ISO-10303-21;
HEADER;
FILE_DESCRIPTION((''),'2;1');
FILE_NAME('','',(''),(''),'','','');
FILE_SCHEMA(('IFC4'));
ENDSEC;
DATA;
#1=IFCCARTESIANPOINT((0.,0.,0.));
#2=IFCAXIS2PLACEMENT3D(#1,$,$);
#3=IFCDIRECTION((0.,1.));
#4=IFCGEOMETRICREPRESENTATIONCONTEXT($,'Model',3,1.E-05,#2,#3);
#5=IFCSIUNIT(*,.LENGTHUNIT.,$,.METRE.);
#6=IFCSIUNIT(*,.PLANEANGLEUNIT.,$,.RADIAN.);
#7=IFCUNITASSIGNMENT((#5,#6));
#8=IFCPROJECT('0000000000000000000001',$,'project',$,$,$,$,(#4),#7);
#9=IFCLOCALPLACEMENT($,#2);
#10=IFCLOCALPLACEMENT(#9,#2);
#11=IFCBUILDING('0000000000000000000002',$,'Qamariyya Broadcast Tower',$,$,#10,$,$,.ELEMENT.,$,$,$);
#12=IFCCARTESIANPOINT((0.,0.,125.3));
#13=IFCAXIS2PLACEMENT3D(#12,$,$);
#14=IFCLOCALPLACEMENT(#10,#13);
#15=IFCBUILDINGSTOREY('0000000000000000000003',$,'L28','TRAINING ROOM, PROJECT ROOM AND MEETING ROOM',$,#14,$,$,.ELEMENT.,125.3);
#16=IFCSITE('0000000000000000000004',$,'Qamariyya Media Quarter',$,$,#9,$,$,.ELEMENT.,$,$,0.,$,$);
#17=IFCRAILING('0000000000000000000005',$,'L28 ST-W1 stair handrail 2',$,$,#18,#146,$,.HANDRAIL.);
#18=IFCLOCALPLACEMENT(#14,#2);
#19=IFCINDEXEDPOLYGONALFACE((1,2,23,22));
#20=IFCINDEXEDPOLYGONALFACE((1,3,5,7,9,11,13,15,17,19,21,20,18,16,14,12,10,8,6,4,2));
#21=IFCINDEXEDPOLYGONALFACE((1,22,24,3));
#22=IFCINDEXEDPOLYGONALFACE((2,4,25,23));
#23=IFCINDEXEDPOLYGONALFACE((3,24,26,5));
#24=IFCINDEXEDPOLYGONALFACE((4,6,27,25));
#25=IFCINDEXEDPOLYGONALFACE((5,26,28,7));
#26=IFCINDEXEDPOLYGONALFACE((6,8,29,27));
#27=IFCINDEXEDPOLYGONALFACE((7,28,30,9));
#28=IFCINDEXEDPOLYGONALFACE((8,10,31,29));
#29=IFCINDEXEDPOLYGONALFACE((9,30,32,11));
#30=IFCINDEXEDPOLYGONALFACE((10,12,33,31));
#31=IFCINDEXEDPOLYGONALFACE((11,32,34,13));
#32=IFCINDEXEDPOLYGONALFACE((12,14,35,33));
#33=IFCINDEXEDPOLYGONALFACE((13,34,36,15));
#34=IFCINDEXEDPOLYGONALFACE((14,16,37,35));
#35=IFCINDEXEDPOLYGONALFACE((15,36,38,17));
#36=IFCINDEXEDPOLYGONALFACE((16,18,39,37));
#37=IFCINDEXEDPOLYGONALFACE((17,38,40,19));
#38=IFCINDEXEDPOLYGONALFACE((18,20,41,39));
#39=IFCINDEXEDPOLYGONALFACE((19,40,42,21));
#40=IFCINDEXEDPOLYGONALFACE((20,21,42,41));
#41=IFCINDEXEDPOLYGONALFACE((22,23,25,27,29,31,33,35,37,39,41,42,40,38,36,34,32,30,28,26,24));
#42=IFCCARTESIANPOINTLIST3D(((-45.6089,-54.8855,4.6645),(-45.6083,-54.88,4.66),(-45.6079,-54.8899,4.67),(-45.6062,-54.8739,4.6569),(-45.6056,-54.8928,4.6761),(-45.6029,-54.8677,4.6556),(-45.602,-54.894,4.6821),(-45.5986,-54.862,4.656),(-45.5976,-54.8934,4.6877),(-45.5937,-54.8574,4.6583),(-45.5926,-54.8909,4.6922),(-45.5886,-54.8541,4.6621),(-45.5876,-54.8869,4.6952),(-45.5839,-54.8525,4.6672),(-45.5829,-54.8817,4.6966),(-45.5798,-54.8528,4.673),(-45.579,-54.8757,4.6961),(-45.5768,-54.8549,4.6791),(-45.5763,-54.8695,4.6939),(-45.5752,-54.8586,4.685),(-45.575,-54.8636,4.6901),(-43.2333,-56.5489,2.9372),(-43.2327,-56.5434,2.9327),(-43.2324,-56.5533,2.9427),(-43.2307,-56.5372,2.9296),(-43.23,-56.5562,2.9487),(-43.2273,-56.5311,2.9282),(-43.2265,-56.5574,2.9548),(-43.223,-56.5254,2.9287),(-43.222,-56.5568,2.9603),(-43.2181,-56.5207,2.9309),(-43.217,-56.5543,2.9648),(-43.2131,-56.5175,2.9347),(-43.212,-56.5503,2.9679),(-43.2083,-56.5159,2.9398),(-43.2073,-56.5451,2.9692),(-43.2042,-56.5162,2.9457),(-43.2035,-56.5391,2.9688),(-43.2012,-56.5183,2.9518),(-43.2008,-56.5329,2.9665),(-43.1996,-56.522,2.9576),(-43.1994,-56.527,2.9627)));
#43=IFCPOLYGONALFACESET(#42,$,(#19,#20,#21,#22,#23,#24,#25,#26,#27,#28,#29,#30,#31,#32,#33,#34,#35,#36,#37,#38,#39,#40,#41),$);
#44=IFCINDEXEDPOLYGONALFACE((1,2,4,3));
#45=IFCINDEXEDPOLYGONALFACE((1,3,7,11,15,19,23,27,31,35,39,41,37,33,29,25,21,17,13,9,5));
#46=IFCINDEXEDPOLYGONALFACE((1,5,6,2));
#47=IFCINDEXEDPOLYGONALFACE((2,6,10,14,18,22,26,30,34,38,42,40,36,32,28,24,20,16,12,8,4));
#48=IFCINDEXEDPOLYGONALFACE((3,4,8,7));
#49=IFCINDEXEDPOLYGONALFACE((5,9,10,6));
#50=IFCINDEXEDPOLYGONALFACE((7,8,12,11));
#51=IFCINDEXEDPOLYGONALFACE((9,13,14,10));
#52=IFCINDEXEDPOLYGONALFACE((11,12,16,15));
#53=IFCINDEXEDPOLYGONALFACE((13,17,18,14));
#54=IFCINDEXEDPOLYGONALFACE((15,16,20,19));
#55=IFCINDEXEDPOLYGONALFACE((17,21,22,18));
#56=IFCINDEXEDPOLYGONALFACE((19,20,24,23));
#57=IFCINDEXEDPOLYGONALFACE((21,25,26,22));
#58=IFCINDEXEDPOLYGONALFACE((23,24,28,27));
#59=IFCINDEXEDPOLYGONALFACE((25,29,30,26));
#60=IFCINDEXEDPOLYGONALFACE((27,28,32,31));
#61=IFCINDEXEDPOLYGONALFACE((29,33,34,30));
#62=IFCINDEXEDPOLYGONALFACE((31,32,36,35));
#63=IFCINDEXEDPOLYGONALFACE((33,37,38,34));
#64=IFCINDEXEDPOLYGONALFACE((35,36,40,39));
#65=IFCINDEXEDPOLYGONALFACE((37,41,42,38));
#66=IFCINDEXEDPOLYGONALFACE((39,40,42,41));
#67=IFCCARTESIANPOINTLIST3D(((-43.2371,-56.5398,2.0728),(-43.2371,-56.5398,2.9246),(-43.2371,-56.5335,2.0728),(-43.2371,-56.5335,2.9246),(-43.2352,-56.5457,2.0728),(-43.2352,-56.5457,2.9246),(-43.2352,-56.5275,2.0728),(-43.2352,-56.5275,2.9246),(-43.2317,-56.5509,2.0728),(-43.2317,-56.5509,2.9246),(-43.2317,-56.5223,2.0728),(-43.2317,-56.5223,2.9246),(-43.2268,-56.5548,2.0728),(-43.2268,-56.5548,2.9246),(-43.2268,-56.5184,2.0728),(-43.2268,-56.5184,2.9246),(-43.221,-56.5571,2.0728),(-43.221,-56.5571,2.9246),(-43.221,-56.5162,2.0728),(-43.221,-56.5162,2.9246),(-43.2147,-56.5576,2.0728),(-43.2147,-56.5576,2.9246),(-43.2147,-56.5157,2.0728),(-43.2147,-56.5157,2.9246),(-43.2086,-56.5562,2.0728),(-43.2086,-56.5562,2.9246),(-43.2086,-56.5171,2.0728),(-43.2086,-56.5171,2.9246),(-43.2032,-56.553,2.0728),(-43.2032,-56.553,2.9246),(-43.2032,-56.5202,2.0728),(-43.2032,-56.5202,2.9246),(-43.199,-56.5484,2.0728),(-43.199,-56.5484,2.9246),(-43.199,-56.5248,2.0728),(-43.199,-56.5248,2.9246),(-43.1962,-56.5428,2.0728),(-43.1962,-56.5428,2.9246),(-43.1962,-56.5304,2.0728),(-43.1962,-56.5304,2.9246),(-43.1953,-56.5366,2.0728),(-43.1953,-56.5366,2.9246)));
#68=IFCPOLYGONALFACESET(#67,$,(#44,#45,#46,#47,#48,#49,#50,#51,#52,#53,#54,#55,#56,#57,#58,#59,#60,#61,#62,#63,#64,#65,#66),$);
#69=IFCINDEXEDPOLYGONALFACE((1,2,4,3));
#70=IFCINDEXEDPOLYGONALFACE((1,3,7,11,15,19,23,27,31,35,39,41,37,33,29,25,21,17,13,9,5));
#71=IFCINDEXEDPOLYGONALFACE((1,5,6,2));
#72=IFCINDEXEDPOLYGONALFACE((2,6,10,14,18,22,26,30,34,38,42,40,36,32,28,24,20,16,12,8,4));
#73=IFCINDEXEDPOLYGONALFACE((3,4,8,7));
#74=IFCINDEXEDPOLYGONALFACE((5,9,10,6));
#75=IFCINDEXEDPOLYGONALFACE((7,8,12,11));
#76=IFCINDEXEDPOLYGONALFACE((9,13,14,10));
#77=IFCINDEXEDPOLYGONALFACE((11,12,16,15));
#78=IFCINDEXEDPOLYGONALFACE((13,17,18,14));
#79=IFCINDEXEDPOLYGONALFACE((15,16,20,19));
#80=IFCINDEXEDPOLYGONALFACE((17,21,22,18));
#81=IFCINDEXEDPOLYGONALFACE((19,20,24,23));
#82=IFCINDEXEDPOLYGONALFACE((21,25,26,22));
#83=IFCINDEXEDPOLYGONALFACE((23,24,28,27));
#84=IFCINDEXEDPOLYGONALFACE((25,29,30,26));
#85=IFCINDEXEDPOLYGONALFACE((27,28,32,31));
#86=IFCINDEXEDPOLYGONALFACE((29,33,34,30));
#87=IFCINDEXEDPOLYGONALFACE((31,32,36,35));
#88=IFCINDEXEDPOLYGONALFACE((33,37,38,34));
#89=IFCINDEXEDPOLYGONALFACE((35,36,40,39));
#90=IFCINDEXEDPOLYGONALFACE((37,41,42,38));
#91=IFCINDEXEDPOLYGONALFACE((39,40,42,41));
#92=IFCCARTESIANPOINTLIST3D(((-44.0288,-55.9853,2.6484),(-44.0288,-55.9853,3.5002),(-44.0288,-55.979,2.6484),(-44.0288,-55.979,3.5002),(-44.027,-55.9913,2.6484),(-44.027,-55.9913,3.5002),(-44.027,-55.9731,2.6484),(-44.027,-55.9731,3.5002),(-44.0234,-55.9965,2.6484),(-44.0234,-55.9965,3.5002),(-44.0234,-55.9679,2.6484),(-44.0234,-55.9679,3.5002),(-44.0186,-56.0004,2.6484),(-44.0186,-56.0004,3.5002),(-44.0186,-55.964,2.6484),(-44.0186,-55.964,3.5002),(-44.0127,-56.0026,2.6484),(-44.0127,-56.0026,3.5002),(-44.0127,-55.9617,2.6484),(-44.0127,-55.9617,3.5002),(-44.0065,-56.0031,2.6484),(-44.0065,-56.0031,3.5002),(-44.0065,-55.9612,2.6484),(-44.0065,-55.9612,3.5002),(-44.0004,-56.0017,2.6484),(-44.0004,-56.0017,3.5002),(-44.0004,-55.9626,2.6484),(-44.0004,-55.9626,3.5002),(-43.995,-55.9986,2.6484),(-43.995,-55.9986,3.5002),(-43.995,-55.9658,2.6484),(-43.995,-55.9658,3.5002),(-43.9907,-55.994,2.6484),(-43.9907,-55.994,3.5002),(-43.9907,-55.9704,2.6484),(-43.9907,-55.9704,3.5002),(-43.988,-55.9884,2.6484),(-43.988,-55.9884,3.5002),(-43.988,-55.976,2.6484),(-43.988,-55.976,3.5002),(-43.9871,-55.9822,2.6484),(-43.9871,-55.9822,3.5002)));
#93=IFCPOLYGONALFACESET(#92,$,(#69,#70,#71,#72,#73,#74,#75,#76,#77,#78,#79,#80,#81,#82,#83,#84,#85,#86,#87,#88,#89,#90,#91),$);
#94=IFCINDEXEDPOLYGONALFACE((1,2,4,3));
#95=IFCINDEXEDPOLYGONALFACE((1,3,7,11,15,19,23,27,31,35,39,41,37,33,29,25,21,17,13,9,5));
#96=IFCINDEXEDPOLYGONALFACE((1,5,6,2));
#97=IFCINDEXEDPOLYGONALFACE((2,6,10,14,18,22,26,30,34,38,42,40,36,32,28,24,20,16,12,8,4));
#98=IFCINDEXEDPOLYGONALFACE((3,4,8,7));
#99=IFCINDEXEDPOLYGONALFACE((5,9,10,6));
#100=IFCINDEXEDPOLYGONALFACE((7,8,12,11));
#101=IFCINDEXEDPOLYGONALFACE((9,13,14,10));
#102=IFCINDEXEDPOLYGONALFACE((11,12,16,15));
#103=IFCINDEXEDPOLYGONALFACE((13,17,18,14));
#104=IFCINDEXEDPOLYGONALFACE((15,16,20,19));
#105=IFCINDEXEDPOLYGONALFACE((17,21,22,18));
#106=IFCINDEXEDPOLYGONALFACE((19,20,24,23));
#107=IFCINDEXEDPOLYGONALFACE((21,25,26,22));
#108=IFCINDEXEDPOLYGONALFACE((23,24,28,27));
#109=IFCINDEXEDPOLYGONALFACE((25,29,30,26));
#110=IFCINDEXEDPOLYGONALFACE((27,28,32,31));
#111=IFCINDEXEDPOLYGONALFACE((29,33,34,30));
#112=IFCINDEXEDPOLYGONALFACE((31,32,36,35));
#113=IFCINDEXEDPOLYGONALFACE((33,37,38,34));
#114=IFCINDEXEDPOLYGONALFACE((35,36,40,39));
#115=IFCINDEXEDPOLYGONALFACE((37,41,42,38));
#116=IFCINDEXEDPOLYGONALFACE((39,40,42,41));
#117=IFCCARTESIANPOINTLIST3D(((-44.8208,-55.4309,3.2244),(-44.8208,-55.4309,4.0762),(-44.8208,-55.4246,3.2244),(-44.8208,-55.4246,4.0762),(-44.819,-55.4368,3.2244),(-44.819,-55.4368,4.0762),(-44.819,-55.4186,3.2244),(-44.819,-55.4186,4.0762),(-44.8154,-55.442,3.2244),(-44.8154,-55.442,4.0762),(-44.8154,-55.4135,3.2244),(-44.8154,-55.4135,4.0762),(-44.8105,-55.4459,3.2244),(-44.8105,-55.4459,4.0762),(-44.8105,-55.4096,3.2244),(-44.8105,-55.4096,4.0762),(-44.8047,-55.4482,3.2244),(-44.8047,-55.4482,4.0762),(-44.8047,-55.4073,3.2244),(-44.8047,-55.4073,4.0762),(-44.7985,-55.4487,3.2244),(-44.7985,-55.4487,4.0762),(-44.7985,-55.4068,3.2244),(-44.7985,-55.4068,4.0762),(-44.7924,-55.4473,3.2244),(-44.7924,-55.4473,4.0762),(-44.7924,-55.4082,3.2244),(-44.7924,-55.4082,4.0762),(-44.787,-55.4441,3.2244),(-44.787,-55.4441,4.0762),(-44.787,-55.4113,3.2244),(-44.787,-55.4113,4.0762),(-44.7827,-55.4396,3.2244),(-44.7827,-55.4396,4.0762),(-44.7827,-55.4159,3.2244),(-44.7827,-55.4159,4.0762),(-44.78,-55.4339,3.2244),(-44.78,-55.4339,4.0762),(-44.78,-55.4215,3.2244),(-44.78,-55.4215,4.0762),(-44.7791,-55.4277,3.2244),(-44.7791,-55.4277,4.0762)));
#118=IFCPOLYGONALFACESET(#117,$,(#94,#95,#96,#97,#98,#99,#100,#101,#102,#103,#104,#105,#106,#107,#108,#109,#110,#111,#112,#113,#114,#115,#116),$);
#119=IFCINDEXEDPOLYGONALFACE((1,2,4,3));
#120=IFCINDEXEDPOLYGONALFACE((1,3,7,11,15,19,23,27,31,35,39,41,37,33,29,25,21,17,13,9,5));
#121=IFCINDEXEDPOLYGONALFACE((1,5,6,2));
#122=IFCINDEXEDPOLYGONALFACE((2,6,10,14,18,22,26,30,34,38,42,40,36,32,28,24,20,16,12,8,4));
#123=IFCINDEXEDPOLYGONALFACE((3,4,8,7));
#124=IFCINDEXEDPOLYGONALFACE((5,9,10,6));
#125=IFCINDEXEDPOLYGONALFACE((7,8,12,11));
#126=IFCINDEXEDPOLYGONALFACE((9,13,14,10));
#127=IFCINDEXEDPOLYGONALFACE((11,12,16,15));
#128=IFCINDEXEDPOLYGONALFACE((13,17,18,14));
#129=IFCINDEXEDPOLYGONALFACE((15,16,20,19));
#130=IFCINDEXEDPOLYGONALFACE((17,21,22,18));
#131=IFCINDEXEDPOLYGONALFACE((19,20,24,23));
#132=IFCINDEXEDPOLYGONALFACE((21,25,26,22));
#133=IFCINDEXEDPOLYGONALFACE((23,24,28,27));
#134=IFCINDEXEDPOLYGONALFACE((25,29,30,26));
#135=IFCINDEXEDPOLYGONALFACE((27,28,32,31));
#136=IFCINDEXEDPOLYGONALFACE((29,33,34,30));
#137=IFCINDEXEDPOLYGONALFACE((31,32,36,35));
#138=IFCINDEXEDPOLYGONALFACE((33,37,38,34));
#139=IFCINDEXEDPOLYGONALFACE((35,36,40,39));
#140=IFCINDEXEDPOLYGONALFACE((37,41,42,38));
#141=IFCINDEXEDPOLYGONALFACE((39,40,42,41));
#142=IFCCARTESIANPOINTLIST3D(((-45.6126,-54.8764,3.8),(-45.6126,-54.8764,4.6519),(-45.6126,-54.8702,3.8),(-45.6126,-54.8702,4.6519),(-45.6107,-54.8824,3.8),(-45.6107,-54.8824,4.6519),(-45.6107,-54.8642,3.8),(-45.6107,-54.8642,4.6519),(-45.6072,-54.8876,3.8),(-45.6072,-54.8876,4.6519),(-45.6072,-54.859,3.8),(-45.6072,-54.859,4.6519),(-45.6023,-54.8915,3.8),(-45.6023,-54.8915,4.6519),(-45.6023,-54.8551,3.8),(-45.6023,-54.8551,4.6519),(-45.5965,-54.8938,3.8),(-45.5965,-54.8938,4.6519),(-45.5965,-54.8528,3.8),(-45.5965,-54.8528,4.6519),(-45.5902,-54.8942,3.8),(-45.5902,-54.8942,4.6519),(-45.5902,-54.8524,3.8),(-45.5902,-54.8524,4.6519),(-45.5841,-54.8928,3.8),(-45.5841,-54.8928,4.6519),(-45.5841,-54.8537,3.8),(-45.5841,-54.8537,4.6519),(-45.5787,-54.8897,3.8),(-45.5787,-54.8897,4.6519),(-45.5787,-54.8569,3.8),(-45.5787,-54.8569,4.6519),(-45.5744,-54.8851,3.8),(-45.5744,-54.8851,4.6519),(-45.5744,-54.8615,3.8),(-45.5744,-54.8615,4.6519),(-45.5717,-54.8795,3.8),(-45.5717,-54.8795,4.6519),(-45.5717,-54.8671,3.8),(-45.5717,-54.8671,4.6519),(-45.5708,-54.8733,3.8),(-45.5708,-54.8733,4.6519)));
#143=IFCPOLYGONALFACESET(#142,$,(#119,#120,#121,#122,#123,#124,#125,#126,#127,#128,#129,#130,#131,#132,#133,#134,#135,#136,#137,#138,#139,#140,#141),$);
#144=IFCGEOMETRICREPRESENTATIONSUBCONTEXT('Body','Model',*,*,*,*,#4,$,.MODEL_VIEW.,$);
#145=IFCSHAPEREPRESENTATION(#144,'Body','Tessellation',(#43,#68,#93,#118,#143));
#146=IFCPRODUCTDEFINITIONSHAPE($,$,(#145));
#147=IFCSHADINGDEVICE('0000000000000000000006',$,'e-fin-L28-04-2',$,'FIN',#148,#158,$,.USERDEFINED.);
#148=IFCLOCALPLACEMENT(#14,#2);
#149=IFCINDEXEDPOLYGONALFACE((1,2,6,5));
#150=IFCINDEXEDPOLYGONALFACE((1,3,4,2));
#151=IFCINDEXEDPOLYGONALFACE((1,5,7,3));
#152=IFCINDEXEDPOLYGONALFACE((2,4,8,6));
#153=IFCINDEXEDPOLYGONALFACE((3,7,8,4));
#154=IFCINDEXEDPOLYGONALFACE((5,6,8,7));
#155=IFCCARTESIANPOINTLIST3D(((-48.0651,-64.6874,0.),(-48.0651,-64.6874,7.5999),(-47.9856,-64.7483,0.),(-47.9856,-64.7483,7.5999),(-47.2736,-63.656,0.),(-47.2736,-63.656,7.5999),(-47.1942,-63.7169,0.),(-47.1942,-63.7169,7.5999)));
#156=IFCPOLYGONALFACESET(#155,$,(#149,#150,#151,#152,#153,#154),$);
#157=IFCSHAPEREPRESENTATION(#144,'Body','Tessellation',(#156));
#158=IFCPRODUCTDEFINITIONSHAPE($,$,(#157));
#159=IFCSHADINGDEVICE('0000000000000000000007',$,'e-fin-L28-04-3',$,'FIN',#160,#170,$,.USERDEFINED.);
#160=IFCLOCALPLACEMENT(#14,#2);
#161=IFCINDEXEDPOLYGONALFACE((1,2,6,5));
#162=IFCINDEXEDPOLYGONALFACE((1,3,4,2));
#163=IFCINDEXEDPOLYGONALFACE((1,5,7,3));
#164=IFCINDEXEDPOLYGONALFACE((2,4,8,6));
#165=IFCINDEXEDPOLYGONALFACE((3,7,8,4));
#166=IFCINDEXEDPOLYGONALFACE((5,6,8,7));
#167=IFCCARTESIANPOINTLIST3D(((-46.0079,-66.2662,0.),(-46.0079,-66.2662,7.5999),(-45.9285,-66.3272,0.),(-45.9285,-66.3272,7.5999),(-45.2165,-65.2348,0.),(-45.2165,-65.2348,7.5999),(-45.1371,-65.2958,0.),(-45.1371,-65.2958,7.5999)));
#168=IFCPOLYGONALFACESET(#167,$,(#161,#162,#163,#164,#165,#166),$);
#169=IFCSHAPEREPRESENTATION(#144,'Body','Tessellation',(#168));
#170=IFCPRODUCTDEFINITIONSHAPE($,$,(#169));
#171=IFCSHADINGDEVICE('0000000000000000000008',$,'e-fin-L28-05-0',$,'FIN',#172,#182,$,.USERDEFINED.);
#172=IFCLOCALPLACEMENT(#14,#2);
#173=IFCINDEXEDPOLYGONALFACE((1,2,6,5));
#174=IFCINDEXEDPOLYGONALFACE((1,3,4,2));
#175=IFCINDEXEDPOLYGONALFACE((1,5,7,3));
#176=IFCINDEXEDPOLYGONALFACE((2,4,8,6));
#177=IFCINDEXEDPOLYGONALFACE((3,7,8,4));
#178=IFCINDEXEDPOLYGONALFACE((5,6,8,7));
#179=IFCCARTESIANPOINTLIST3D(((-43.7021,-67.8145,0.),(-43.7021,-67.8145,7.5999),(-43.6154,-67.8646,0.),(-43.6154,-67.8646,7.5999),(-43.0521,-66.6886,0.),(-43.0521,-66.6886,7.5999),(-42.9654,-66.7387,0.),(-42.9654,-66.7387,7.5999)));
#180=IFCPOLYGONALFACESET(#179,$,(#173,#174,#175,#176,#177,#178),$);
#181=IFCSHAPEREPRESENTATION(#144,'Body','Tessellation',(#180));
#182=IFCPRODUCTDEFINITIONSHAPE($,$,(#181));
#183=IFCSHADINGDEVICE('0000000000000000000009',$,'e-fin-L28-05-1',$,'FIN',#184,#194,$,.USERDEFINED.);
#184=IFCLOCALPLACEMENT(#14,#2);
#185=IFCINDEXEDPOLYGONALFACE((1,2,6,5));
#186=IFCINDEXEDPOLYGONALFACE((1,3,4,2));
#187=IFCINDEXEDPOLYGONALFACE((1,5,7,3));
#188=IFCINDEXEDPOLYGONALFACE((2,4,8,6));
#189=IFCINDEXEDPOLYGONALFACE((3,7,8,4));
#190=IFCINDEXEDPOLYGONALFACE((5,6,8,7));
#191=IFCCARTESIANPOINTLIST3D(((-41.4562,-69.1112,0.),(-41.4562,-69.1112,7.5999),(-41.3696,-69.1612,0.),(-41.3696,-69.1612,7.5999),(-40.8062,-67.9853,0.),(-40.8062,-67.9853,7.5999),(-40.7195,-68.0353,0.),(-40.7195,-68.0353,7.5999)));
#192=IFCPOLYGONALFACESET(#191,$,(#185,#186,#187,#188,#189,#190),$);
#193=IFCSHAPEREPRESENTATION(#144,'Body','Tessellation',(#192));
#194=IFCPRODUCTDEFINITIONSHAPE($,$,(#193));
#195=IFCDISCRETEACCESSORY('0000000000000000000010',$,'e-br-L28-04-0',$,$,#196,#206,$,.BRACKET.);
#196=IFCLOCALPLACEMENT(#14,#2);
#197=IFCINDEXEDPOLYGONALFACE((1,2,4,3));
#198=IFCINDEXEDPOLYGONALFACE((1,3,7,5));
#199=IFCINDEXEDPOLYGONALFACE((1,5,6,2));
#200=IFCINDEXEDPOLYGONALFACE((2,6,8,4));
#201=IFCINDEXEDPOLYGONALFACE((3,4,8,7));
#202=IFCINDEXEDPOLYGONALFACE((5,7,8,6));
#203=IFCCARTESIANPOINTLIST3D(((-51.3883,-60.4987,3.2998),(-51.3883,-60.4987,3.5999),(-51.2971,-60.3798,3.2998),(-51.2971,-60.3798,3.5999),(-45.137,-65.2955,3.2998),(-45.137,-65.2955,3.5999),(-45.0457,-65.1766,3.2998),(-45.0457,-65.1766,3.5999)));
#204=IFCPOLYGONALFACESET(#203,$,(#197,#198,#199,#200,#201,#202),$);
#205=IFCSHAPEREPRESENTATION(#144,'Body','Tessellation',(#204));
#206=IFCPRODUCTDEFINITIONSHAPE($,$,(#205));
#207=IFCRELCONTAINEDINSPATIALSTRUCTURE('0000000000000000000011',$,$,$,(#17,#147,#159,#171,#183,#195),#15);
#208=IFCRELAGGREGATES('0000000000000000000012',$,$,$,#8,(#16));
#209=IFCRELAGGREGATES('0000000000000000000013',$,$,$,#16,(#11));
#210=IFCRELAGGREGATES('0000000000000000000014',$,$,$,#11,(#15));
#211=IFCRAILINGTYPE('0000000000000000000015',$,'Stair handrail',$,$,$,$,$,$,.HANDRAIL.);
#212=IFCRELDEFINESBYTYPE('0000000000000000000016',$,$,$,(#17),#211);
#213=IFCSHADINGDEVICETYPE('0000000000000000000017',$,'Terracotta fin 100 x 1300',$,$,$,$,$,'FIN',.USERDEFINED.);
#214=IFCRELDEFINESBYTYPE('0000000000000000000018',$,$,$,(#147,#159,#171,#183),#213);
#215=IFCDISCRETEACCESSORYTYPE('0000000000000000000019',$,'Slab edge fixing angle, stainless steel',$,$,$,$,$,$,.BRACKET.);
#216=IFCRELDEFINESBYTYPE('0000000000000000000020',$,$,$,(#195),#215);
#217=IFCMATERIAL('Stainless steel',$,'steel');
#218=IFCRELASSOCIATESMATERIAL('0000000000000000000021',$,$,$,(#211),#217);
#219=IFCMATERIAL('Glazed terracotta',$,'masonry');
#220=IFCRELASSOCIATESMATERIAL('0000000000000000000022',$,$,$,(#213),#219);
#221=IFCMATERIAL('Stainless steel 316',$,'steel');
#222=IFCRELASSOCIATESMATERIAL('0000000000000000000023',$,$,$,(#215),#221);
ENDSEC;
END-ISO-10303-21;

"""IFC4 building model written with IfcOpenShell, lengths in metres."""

from ifc_helpers import new_model, si_unit, direction, frame, origin, origin_2d, place, context, subcontext, project, spatial, rectangle, circle, extrude, material, material_profile, profile_set, type_object, element, save


model = new_model("IFC4")

# Units and contexts
model_context = context("Model", 3, precision=1e-05, world=origin(), true_north=direction((0.0, 1.0)))
body_context = subcontext(model_context, "Body", "Model", "MODEL_VIEW")
ifc_project = project(units=[si_unit("LENGTHUNIT", "METRE"), si_unit("PLANEANGLEUNIT", "RADIAN")], contexts=[model_context])

# Site, building, storey
site_placement = place(None, origin())
site = spatial("IfcSite", under=ifc_project, at=site_placement, Name="Qamariyya Media Quarter", CompositionType="ELEMENT", RefElevation=0.0)
building_placement = place(site_placement, origin())
building = spatial("IfcBuilding", under=site, at=building_placement, Name="Qamariyya Broadcast Tower", CompositionType="ELEMENT")
storey_placement = place(building_placement, frame((0.0, 0.0, 125.3)))
storey = spatial("IfcBuildingStorey", under=building, at=storey_placement, Name="L28", Description="TRAINING ROOM, PROJECT ROOM AND MEETING ROOM", CompositionType="ELEMENT", Elevation=125.3)

# Railing
ifc_material_1 = material(Name="Stainless steel", Category="steel")
railing_type_1 = type_object("IfcRailingType", Name="Stair handrail", PredefinedType="HANDRAIL", material=ifc_material_1)
railing_1_placement = place(storey_placement, frame((-43.2163, -56.5366, 2.0728)))
element("IfcRailing", 1, at=railing_1_placement, inside=storey, type_object=railing_type_1, Name="L28 ST-W1 stair handrail 2", PredefinedType="HANDRAIL", context=body_context, shape_type="SweptSolid", body=[
    extrude(circle(Radius=0.0239, at=origin_2d()), frame((0.0, 0.0, 0.876), z_axis=(-0.70377, 0.492784, 0.511734), x_axis=(-0.573575, -0.819153, 0.0)), (0.0, 0.0, 1.0), 3.3755),
    extrude(circle(Radius=0.021, at=origin_2d()), origin(), (0.0, 0.0, 1.0), 0.8518),
    extrude(circle(Radius=0.021, at=origin_2d()), frame((-0.7917, 0.5544, 0.5757)), (0.0, 0.0, 1.0), 0.8518),
    extrude(circle(Radius=0.021, at=origin_2d()), frame((-1.5837, 1.1089, 1.1516)), (0.0, 0.0, 1.0), 0.8518),
    extrude(circle(Radius=0.021, at=origin_2d()), frame((-2.3755, 1.6633, 1.7273)), (0.0, 0.0, 1.0), 0.8518),
])

# Shading devices
ifc_material_2 = material(Name="Glazed terracotta", Category="masonry")
ifc_material_profile_1 = material_profile(ifc_material_2, rectangle(XDim=1.3, YDim=0.1001, at=origin_2d()))
ifc_profile_set_1 = profile_set([ifc_material_profile_1], Name="Glazed terracotta")
shading_device_type_1 = type_object("IfcShadingDeviceType", Name="Terracotta fin 100 x 1300", ElementType="FIN", PredefinedType="USERDEFINED", material=ifc_profile_set_1)
for number, where, z_axis, x_axis, name in (
    (2, (-47.6296, -64.2021, 0.0), (0.0, 0.0, 1.0), (-0.608761, -0.793353, 0.0), "e-fin-L28-04-2"),
    (3, (-45.5725, -65.781, 0.0), (0.0, 0.0, 1.0), (-0.608761, -0.793353, 0.0), "e-fin-L28-04-3"),
    (4, (-43.3337, -67.2766, 0.0), (0.0, 0.0, 1.0), (-0.5, -0.866025, 0.0), "e-fin-L28-05-0"),
    (5, (-41.0879, -68.5732, 0.0), (0.0, 0.0, 1.0), (-0.5, -0.866025, 0.0), "e-fin-L28-05-1"),
):
    element("IfcShadingDevice", number, at=place(storey_placement, frame(where, z_axis=z_axis, x_axis=x_axis)), inside=storey, type_object=shading_device_type_1, Name=name, ObjectType="FIN", PredefinedType="USERDEFINED", context=body_context, shape_type="SweptSolid", body=[
        extrude(rectangle(XDim=1.3, YDim=0.1001, at=origin_2d()), origin(), (0.0, 0.0, 1.0), 7.5999),
    ])

# Discrete accessory
ifc_material_3 = material(Name="Stainless steel 316", Category="steel")
discrete_accessory_type = type_object("IfcDiscreteAccessoryType", Name="Slab edge fixing angle, stainless steel", PredefinedType="BRACKET", material=ifc_material_3)
discrete_accessory_placement = place(storey_placement, frame((-48.217, -62.8376, 3.2998), z_axis=(0.0, 0.0, 1.0), x_axis=(0.793353, -0.608761, 0.0)))
element("IfcDiscreteAccessory", 6, at=discrete_accessory_placement, inside=storey, type_object=discrete_accessory_type, Name="e-br-L28-04-0", PredefinedType="BRACKET", context=body_context, shape_type="SweptSolid", body=[
    extrude(rectangle(XDim=7.8796, YDim=0.1499, at=origin_2d()), origin(), (0.0, 0.0, 1.0), 0.3),
])

save(model, "model.ifc")
